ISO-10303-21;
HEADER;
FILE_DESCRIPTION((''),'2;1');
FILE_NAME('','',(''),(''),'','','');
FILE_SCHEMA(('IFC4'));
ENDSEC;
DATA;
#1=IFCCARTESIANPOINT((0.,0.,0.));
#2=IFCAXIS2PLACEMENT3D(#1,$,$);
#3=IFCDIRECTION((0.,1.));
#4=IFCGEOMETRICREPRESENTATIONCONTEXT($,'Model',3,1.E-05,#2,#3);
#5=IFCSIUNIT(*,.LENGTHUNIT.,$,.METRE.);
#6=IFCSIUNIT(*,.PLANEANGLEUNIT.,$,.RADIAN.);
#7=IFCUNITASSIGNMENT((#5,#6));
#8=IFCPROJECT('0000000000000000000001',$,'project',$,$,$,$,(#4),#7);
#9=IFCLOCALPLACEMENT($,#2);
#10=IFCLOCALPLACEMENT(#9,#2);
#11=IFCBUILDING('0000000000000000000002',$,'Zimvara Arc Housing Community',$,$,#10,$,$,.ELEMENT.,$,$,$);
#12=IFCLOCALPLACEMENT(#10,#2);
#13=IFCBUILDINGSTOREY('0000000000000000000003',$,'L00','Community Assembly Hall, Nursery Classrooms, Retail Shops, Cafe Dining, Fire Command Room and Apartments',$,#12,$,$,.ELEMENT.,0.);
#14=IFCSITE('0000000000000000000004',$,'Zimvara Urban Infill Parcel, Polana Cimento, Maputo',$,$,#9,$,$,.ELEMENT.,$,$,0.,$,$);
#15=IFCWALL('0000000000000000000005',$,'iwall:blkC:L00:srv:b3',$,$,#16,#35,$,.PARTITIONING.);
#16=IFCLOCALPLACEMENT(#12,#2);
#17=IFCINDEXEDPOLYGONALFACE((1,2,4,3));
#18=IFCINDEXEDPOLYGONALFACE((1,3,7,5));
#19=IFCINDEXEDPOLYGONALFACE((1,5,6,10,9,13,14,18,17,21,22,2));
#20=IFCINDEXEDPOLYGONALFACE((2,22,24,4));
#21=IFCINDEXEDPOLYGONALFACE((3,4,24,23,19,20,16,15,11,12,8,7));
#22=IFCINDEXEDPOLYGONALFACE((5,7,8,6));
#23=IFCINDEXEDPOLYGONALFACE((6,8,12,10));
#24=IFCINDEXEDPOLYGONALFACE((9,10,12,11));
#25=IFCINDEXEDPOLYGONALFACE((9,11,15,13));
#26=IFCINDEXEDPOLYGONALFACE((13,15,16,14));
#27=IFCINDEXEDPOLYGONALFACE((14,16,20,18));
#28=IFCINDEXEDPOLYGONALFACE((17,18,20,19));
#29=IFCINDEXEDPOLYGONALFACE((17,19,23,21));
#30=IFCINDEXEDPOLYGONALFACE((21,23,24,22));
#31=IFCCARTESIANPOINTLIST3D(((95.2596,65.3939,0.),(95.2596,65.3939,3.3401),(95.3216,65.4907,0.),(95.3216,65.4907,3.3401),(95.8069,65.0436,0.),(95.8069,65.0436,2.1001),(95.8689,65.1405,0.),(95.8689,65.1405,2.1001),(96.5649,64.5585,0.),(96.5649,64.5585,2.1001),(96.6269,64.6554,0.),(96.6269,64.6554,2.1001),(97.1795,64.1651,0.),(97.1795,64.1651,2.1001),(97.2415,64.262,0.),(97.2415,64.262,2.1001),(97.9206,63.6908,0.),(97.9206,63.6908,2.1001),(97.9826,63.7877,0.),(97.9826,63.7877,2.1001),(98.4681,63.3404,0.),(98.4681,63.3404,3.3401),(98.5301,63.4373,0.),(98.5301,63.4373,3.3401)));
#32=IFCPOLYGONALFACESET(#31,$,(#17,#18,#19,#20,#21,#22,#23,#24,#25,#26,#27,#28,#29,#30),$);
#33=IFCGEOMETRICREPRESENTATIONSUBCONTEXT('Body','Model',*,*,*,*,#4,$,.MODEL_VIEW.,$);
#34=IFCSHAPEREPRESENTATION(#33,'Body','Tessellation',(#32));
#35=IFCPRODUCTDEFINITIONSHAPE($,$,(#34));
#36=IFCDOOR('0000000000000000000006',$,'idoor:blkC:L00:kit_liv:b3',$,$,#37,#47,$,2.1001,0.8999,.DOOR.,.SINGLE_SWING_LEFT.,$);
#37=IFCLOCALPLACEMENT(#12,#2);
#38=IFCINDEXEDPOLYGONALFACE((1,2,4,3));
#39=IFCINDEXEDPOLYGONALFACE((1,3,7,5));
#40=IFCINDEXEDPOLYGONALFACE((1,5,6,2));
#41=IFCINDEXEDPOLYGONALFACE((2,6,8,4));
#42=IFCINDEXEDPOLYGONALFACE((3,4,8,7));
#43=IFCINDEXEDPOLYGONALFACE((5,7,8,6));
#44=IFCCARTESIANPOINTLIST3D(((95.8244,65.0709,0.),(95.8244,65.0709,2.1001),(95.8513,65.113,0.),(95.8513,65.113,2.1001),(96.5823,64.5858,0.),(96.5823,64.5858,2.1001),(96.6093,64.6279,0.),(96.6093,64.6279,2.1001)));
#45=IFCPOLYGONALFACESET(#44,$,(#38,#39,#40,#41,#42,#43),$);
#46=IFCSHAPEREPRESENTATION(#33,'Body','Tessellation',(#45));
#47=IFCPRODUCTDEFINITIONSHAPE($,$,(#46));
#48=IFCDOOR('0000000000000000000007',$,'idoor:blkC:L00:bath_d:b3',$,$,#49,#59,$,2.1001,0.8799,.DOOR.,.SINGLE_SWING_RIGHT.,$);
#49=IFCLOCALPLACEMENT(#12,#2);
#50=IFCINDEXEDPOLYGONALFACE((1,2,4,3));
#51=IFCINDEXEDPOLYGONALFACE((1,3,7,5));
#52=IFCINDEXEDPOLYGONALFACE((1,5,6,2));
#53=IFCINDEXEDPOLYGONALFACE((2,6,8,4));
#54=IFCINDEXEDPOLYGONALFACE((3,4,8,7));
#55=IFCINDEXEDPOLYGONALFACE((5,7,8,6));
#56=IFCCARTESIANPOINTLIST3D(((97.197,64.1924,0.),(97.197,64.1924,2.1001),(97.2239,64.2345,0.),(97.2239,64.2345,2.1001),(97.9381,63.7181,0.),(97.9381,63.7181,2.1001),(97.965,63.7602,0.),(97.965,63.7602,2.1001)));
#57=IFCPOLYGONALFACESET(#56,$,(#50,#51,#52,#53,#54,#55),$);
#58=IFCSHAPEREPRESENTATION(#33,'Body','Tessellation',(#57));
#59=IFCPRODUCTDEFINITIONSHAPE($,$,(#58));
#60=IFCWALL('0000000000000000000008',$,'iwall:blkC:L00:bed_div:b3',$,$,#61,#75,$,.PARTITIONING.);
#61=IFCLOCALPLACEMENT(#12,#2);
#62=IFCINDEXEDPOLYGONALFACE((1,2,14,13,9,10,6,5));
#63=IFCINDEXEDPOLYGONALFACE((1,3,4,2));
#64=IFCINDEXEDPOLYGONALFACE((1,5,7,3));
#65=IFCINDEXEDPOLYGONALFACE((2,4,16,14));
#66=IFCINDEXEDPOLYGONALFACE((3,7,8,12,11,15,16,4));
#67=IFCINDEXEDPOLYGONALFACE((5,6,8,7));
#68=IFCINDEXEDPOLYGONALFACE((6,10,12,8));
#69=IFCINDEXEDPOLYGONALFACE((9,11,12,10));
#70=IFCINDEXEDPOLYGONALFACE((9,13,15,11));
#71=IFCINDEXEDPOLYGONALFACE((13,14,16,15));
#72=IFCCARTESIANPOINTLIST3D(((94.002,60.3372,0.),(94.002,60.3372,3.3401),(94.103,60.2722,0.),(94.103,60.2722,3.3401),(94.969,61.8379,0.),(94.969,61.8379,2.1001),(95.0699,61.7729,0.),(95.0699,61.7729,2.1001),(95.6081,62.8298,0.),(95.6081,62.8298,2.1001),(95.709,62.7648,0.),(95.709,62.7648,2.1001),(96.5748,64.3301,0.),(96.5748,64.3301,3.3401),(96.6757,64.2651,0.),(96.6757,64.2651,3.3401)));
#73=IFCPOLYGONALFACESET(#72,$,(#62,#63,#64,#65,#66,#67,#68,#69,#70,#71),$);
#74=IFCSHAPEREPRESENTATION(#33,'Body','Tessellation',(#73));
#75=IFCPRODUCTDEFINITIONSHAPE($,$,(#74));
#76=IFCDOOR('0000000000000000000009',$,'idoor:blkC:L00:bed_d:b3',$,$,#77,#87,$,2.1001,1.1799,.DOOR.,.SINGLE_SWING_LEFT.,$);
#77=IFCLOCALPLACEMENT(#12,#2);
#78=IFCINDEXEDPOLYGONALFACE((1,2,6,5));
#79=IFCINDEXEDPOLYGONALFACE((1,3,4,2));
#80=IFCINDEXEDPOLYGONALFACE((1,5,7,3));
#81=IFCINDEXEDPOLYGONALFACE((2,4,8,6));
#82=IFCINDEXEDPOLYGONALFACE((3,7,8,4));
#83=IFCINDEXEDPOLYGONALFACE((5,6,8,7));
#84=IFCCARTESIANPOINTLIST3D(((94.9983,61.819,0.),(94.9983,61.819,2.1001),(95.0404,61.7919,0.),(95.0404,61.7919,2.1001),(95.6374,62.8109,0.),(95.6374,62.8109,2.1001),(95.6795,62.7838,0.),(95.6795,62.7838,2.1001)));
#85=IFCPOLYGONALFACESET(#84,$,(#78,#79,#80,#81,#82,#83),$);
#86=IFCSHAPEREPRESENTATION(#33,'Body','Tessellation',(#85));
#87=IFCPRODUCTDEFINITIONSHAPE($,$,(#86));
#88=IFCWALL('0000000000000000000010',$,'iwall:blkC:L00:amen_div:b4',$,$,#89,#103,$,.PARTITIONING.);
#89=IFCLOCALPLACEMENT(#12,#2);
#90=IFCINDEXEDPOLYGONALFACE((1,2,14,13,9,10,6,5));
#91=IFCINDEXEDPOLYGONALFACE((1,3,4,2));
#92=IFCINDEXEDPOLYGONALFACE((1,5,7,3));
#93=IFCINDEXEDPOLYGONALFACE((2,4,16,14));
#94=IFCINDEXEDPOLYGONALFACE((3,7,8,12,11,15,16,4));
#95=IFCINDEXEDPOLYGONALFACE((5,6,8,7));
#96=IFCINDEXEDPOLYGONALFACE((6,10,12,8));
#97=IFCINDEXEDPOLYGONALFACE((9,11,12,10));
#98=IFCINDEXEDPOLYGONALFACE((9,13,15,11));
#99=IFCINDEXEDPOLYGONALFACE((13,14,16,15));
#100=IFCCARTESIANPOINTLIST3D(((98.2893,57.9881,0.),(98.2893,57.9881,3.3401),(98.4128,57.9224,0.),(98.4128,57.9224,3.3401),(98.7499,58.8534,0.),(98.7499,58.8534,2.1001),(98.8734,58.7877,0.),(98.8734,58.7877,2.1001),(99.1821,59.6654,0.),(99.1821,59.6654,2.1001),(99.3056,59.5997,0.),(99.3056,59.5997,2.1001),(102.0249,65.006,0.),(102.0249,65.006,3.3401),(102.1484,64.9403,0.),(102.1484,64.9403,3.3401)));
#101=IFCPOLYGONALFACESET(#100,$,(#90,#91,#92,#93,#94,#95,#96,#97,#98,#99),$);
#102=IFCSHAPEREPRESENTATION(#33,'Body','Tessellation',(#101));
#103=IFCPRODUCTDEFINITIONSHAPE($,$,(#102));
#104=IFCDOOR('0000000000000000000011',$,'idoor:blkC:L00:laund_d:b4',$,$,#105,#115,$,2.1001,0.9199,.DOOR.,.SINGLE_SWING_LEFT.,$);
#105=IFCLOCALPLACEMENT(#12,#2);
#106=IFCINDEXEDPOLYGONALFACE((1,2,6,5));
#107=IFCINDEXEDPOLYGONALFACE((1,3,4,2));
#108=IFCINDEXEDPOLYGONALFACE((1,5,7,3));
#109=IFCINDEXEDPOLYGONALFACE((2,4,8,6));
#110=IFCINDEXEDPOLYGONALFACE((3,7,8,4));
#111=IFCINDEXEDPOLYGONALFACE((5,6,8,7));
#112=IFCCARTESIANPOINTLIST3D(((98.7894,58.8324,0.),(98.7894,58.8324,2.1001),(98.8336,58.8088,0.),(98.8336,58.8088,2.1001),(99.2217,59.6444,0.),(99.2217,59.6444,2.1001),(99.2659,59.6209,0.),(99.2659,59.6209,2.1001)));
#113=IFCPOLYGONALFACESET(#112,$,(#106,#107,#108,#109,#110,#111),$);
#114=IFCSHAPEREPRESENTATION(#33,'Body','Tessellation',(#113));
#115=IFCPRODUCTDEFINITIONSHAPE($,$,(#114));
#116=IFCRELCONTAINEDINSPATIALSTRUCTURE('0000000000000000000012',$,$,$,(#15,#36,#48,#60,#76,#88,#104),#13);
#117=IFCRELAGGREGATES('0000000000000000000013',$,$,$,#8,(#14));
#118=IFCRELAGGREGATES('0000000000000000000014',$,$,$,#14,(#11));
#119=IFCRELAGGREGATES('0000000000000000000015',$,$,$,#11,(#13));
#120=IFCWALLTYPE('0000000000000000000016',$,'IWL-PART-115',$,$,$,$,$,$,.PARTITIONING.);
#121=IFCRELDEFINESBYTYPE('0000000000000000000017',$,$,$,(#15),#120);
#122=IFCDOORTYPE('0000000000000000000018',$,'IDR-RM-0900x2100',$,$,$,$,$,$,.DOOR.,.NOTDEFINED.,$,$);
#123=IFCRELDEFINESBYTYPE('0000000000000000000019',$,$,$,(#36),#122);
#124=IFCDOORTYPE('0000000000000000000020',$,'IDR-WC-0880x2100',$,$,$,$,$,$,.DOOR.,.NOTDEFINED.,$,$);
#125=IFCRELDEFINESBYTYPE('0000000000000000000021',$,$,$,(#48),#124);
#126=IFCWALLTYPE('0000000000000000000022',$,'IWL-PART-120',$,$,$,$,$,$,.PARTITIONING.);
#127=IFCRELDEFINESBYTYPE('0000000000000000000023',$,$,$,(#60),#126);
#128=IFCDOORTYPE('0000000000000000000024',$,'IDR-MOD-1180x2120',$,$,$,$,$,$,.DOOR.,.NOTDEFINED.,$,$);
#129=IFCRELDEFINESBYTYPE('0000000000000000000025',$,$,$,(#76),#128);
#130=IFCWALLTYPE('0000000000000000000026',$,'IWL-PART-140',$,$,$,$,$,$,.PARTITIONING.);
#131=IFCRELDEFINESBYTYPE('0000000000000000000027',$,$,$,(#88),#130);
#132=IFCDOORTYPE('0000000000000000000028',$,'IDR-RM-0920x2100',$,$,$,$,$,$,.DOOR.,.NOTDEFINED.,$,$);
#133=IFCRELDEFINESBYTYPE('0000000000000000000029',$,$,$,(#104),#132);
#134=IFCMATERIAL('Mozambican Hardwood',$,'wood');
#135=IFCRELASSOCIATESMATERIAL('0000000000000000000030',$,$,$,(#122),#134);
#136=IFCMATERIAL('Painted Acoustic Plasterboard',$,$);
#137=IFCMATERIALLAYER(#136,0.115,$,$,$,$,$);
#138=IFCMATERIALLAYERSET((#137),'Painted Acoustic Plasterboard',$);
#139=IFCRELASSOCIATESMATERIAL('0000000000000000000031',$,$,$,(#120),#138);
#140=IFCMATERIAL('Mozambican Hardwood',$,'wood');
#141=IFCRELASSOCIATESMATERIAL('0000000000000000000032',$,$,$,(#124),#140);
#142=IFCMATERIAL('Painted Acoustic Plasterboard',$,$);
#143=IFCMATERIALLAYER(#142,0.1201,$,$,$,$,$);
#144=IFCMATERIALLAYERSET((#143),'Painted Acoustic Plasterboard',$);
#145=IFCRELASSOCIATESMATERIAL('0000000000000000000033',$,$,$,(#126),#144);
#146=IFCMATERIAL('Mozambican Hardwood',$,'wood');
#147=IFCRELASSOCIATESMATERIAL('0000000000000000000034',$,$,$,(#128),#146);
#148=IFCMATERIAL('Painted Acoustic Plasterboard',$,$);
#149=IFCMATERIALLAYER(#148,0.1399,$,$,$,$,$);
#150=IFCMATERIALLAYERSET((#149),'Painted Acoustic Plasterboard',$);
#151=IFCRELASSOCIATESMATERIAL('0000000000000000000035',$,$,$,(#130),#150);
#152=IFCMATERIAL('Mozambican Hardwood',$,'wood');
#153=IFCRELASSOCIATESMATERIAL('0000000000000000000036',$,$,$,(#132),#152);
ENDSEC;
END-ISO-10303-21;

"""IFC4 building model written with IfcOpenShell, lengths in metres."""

from ifc_helpers import new_model, si_unit, direction, frame, frame_2d, origin, place, context, subcontext, project, spatial, rectangle, extrude, material, layer, layer_set, type_object, element, fill, save


model = new_model("IFC4")

# Units and contexts
model_context = context("Model", 3, precision=1e-05, world=origin(), true_north=direction((0.0, 1.0)))
body_context = subcontext(model_context, "Body", "Model", "MODEL_VIEW")
ifc_project = project(units=[si_unit("LENGTHUNIT", "METRE"), si_unit("PLANEANGLEUNIT", "RADIAN")], contexts=[model_context])

# Site, building, storey
site_placement = place(None, origin())
site = spatial("IfcSite", under=ifc_project, at=site_placement, Name="Zimvara Urban Infill Parcel, Polana Cimento, Maputo", CompositionType="ELEMENT", RefElevation=0.0)
building_placement = place(site_placement, origin())
building = spatial("IfcBuilding", under=site, at=building_placement, Name="Zimvara Arc Housing Community", CompositionType="ELEMENT")
storey_placement = place(building_placement, origin())
storey = spatial("IfcBuildingStorey", under=building, at=storey_placement, Name="L00", Description="Community Assembly Hall, Nursery Classrooms, Retail Shops, Cafe Dining, Fire Command Room and Apartments", CompositionType="ELEMENT", Elevation=0.0)

# Shared definitions
ifc_material_1 = material(Name="Mozambican Hardwood", Category="wood")
door_type_1 = type_object("IfcDoorType", Name="IDR-RM-0900x2100", OperationType="NOTDEFINED", PredefinedType="DOOR", material=ifc_material_1)

# Wall, openings, doors
ifc_material_2 = material(Name="Painted Acoustic Plasterboard")
ifc_layer_1 = layer(ifc_material_2, 0.115)
ifc_layer_set_1 = layer_set([ifc_layer_1], Name="Painted Acoustic Plasterboard")
wall_type_1 = type_object("IfcWallType", Name="IWL-PART-115", PredefinedType="PARTITIONING", material=ifc_layer_set_1)
wall_1_placement = place(storey_placement, frame((95.2905, 65.4424, 0.0), z_axis=(0.0, 0.0, 1.0), x_axis=(0.842268, -0.539059, 0.0)))
wall_1 = element("IfcWall", 1, at=wall_1_placement, inside=storey, type_object=wall_type_1, Name="iwall:blkC:L00:srv:b3", PredefinedType="PARTITIONING", context=body_context, shape_type="SweptSolid", body=[
    extrude(rectangle(XDim=3.8093, YDim=0.115, at=frame_2d((1.9048, 0.0))), origin(), (0.0, 0.0, 1.0), 3.3401),
])
opening_1_placement = place(wall_1_placement, frame((0.6499, 0.0, 0.0)))
opening_1 = element("IfcOpeningElement", 2, at=opening_1_placement, cuts=wall_1, PredefinedType="OPENING", context=body_context, shape_type="SweptSolid", body=[
    extrude(rectangle(XDim=0.8999, YDim=2.1001, at=frame_2d((0.45, 1.05))), frame((0.0, 0.0674, 0.0), z_axis=(0.0, -1.0, 0.0), x_axis=(1.0, 0.0, 0.0)), (0.0, 0.0, 1.0), 0.135),
])
opening_2_placement = place(wall_1_placement, frame((2.2795, 0.0, 0.0)))
opening_2 = element("IfcOpeningElement", 3, at=opening_2_placement, cuts=wall_1, PredefinedType="OPENING", context=body_context, shape_type="SweptSolid", body=[
    extrude(rectangle(XDim=0.8799, YDim=2.1001, at=frame_2d((0.4399, 1.05))), frame((0.0, 0.0674, 0.0), z_axis=(0.0, -1.0, 0.0), x_axis=(1.0, 0.0, 0.0)), (0.0, 0.0, 1.0), 0.135),
])
door_1_placement = place(opening_1_placement, origin())
door_1 = element("IfcDoor", 4, at=door_1_placement, inside=storey, type_object=door_type_1, Name="idoor:blkC:L00:kit_liv:b3", OperationType="SINGLE_SWING_LEFT", OverallHeight=2.1001, OverallWidth=0.8999, PredefinedType="DOOR", context=body_context, shape_type="SweptSolid", body=[
    extrude(rectangle(XDim=0.8999, YDim=2.1001, at=frame_2d((0.45, 1.05))), frame((0.0, 0.0249, 0.0), z_axis=(0.0, -1.0, 0.0), x_axis=(1.0, 0.0, 0.0)), (0.0, 0.0, 1.0), 0.05),
])
fill(opening_1, door_1)
ifc_material_3 = material(Name="Mozambican Hardwood", Category="wood")
door_type_2 = type_object("IfcDoorType", Name="IDR-WC-0880x2100", OperationType="NOTDEFINED", PredefinedType="DOOR", material=ifc_material_3)
door_2_placement = place(opening_2_placement, origin())
door_2 = element("IfcDoor", 5, at=door_2_placement, inside=storey, type_object=door_type_2, Name="idoor:blkC:L00:bath_d:b3", OperationType="SINGLE_SWING_RIGHT", OverallHeight=2.1001, OverallWidth=0.8799, PredefinedType="DOOR", context=body_context, shape_type="SweptSolid", body=[
    extrude(rectangle(XDim=0.8799, YDim=2.1001, at=frame_2d((0.4399, 1.05))), frame((0.0, 0.0249, 0.0), z_axis=(0.0, -1.0, 0.0), x_axis=(1.0, 0.0, 0.0)), (0.0, 0.0, 1.0), 0.05),
])
fill(opening_2, door_2)

# Walls, openings, doors
ifc_material_4 = material(Name="Painted Acoustic Plasterboard")
ifc_layer_2 = layer(ifc_material_4, 0.1201)
ifc_layer_set_2 = layer_set([ifc_layer_2], Name="Painted Acoustic Plasterboard")
wall_type_2 = type_object("IfcWallType", Name="IWL-PART-120", PredefinedType="PARTITIONING", material=ifc_layer_set_2)
wall_2_placement = place(storey_placement, frame((96.6252, 64.2976, 0.0), z_axis=(0.0, 0.0, 1.0), x_axis=(-0.541633, -0.840615, 0.0)))
wall_2 = element("IfcWall", 6, at=wall_2_placement, inside=storey, type_object=wall_type_2, Name="iwall:blkC:L00:bed_div:b3", PredefinedType="PARTITIONING", context=body_context, shape_type="SweptSolid", body=[
    extrude(rectangle(XDim=4.75, YDim=0.1201, at=frame_2d((2.375, 0.0))), origin(), (0.0, 0.0, 1.0), 3.3401),
])
opening_3_placement = place(wall_2_placement, frame((1.7849, 0.0, 0.0)))
opening_3 = element("IfcOpeningElement", 7, at=opening_3_placement, cuts=wall_2, PredefinedType="OPENING", context=body_context, shape_type="SweptSolid", body=[
    extrude(rectangle(XDim=1.1799, YDim=2.1001, at=frame_2d((0.5898, 1.05))), frame((0.0, 0.0701, 0.0), z_axis=(0.0, -1.0, 0.0), x_axis=(1.0, 0.0, 0.0)), (0.0, 0.0, 1.0), 0.1401),
])
ifc_material_5 = material(Name="Mozambican Hardwood", Category="wood")
door_type_3 = type_object("IfcDoorType", Name="IDR-MOD-1180x2120", OperationType="NOTDEFINED", PredefinedType="DOOR", material=ifc_material_5)
door_3_placement = place(opening_3_placement, origin())
door_3 = element("IfcDoor", 8, at=door_3_placement, inside=storey, type_object=door_type_3, Name="idoor:blkC:L00:bed_d:b3", OperationType="SINGLE_SWING_LEFT", OverallHeight=2.1001, OverallWidth=1.1799, PredefinedType="DOOR", context=body_context, shape_type="SweptSolid", body=[
    extrude(rectangle(XDim=1.1799, YDim=2.1001, at=frame_2d((0.5898, 1.05))), frame((0.0, 0.0249, 0.0), z_axis=(0.0, -1.0, 0.0), x_axis=(1.0, 0.0, 0.0)), (0.0, 0.0, 1.0), 0.05),
])
fill(opening_3, door_3)
ifc_material_6 = material(Name="Painted Acoustic Plasterboard")
ifc_layer_3 = layer(ifc_material_6, 0.1399)
ifc_layer_set_3 = layer_set([ifc_layer_3], Name="Painted Acoustic Plasterboard")
wall_type_3 = type_object("IfcWallType", Name="IWL-PART-140", PredefinedType="PARTITIONING", material=ifc_layer_set_3)
wall_3_placement = place(storey_placement, frame((102.0867, 64.9731, 0.0), z_axis=(0.0, 0.0, 1.0), x_axis=(-0.469879, -0.882731, 0.0)))
wall_3 = element("IfcWall", 9, at=wall_3_placement, inside=storey, type_object=wall_type_3, Name="iwall:blkC:L00:amen_div:b4", PredefinedType="PARTITIONING", context=body_context, shape_type="SweptSolid", body=[
    extrude(rectangle(XDim=7.9502, YDim=0.1399, at=frame_2d((3.9751, 0.0))), origin(), (0.0, 0.0, 1.0), 3.3401),
])
opening_4_placement = place(wall_3_placement, frame((6.05, 0.0, 0.0)))
opening_4 = element("IfcOpeningElement", 10, at=opening_4_placement, cuts=wall_3, PredefinedType="OPENING", context=body_context, shape_type="SweptSolid", body=[
    extrude(rectangle(XDim=0.9199, YDim=2.1001, at=frame_2d((0.46, 1.05))), frame((0.0, 0.0798, 0.0), z_axis=(0.0, -1.0, 0.0), x_axis=(1.0, 0.0, 0.0)), (0.0, 0.0, 1.0), 0.1599),
])
ifc_material_7 = material(Name="Mozambican Hardwood", Category="wood")
door_type_4 = type_object("IfcDoorType", Name="IDR-RM-0920x2100", OperationType="NOTDEFINED", PredefinedType="DOOR", material=ifc_material_7)
door_4_placement = place(opening_4_placement, origin())
door_4 = element("IfcDoor", 11, at=door_4_placement, inside=storey, type_object=door_type_4, Name="idoor:blkC:L00:laund_d:b4", OperationType="SINGLE_SWING_LEFT", OverallHeight=2.1001, OverallWidth=0.9199, PredefinedType="DOOR", context=body_context, shape_type="SweptSolid", body=[
    extrude(rectangle(XDim=0.9199, YDim=2.1001, at=frame_2d((0.46, 1.05))), frame((0.0, 0.0249, 0.0), z_axis=(0.0, -1.0, 0.0), x_axis=(1.0, 0.0, 0.0)), (0.0, 0.0, 1.0), 0.05),
])
fill(opening_4, door_4)

save(model, "model.ifc")
